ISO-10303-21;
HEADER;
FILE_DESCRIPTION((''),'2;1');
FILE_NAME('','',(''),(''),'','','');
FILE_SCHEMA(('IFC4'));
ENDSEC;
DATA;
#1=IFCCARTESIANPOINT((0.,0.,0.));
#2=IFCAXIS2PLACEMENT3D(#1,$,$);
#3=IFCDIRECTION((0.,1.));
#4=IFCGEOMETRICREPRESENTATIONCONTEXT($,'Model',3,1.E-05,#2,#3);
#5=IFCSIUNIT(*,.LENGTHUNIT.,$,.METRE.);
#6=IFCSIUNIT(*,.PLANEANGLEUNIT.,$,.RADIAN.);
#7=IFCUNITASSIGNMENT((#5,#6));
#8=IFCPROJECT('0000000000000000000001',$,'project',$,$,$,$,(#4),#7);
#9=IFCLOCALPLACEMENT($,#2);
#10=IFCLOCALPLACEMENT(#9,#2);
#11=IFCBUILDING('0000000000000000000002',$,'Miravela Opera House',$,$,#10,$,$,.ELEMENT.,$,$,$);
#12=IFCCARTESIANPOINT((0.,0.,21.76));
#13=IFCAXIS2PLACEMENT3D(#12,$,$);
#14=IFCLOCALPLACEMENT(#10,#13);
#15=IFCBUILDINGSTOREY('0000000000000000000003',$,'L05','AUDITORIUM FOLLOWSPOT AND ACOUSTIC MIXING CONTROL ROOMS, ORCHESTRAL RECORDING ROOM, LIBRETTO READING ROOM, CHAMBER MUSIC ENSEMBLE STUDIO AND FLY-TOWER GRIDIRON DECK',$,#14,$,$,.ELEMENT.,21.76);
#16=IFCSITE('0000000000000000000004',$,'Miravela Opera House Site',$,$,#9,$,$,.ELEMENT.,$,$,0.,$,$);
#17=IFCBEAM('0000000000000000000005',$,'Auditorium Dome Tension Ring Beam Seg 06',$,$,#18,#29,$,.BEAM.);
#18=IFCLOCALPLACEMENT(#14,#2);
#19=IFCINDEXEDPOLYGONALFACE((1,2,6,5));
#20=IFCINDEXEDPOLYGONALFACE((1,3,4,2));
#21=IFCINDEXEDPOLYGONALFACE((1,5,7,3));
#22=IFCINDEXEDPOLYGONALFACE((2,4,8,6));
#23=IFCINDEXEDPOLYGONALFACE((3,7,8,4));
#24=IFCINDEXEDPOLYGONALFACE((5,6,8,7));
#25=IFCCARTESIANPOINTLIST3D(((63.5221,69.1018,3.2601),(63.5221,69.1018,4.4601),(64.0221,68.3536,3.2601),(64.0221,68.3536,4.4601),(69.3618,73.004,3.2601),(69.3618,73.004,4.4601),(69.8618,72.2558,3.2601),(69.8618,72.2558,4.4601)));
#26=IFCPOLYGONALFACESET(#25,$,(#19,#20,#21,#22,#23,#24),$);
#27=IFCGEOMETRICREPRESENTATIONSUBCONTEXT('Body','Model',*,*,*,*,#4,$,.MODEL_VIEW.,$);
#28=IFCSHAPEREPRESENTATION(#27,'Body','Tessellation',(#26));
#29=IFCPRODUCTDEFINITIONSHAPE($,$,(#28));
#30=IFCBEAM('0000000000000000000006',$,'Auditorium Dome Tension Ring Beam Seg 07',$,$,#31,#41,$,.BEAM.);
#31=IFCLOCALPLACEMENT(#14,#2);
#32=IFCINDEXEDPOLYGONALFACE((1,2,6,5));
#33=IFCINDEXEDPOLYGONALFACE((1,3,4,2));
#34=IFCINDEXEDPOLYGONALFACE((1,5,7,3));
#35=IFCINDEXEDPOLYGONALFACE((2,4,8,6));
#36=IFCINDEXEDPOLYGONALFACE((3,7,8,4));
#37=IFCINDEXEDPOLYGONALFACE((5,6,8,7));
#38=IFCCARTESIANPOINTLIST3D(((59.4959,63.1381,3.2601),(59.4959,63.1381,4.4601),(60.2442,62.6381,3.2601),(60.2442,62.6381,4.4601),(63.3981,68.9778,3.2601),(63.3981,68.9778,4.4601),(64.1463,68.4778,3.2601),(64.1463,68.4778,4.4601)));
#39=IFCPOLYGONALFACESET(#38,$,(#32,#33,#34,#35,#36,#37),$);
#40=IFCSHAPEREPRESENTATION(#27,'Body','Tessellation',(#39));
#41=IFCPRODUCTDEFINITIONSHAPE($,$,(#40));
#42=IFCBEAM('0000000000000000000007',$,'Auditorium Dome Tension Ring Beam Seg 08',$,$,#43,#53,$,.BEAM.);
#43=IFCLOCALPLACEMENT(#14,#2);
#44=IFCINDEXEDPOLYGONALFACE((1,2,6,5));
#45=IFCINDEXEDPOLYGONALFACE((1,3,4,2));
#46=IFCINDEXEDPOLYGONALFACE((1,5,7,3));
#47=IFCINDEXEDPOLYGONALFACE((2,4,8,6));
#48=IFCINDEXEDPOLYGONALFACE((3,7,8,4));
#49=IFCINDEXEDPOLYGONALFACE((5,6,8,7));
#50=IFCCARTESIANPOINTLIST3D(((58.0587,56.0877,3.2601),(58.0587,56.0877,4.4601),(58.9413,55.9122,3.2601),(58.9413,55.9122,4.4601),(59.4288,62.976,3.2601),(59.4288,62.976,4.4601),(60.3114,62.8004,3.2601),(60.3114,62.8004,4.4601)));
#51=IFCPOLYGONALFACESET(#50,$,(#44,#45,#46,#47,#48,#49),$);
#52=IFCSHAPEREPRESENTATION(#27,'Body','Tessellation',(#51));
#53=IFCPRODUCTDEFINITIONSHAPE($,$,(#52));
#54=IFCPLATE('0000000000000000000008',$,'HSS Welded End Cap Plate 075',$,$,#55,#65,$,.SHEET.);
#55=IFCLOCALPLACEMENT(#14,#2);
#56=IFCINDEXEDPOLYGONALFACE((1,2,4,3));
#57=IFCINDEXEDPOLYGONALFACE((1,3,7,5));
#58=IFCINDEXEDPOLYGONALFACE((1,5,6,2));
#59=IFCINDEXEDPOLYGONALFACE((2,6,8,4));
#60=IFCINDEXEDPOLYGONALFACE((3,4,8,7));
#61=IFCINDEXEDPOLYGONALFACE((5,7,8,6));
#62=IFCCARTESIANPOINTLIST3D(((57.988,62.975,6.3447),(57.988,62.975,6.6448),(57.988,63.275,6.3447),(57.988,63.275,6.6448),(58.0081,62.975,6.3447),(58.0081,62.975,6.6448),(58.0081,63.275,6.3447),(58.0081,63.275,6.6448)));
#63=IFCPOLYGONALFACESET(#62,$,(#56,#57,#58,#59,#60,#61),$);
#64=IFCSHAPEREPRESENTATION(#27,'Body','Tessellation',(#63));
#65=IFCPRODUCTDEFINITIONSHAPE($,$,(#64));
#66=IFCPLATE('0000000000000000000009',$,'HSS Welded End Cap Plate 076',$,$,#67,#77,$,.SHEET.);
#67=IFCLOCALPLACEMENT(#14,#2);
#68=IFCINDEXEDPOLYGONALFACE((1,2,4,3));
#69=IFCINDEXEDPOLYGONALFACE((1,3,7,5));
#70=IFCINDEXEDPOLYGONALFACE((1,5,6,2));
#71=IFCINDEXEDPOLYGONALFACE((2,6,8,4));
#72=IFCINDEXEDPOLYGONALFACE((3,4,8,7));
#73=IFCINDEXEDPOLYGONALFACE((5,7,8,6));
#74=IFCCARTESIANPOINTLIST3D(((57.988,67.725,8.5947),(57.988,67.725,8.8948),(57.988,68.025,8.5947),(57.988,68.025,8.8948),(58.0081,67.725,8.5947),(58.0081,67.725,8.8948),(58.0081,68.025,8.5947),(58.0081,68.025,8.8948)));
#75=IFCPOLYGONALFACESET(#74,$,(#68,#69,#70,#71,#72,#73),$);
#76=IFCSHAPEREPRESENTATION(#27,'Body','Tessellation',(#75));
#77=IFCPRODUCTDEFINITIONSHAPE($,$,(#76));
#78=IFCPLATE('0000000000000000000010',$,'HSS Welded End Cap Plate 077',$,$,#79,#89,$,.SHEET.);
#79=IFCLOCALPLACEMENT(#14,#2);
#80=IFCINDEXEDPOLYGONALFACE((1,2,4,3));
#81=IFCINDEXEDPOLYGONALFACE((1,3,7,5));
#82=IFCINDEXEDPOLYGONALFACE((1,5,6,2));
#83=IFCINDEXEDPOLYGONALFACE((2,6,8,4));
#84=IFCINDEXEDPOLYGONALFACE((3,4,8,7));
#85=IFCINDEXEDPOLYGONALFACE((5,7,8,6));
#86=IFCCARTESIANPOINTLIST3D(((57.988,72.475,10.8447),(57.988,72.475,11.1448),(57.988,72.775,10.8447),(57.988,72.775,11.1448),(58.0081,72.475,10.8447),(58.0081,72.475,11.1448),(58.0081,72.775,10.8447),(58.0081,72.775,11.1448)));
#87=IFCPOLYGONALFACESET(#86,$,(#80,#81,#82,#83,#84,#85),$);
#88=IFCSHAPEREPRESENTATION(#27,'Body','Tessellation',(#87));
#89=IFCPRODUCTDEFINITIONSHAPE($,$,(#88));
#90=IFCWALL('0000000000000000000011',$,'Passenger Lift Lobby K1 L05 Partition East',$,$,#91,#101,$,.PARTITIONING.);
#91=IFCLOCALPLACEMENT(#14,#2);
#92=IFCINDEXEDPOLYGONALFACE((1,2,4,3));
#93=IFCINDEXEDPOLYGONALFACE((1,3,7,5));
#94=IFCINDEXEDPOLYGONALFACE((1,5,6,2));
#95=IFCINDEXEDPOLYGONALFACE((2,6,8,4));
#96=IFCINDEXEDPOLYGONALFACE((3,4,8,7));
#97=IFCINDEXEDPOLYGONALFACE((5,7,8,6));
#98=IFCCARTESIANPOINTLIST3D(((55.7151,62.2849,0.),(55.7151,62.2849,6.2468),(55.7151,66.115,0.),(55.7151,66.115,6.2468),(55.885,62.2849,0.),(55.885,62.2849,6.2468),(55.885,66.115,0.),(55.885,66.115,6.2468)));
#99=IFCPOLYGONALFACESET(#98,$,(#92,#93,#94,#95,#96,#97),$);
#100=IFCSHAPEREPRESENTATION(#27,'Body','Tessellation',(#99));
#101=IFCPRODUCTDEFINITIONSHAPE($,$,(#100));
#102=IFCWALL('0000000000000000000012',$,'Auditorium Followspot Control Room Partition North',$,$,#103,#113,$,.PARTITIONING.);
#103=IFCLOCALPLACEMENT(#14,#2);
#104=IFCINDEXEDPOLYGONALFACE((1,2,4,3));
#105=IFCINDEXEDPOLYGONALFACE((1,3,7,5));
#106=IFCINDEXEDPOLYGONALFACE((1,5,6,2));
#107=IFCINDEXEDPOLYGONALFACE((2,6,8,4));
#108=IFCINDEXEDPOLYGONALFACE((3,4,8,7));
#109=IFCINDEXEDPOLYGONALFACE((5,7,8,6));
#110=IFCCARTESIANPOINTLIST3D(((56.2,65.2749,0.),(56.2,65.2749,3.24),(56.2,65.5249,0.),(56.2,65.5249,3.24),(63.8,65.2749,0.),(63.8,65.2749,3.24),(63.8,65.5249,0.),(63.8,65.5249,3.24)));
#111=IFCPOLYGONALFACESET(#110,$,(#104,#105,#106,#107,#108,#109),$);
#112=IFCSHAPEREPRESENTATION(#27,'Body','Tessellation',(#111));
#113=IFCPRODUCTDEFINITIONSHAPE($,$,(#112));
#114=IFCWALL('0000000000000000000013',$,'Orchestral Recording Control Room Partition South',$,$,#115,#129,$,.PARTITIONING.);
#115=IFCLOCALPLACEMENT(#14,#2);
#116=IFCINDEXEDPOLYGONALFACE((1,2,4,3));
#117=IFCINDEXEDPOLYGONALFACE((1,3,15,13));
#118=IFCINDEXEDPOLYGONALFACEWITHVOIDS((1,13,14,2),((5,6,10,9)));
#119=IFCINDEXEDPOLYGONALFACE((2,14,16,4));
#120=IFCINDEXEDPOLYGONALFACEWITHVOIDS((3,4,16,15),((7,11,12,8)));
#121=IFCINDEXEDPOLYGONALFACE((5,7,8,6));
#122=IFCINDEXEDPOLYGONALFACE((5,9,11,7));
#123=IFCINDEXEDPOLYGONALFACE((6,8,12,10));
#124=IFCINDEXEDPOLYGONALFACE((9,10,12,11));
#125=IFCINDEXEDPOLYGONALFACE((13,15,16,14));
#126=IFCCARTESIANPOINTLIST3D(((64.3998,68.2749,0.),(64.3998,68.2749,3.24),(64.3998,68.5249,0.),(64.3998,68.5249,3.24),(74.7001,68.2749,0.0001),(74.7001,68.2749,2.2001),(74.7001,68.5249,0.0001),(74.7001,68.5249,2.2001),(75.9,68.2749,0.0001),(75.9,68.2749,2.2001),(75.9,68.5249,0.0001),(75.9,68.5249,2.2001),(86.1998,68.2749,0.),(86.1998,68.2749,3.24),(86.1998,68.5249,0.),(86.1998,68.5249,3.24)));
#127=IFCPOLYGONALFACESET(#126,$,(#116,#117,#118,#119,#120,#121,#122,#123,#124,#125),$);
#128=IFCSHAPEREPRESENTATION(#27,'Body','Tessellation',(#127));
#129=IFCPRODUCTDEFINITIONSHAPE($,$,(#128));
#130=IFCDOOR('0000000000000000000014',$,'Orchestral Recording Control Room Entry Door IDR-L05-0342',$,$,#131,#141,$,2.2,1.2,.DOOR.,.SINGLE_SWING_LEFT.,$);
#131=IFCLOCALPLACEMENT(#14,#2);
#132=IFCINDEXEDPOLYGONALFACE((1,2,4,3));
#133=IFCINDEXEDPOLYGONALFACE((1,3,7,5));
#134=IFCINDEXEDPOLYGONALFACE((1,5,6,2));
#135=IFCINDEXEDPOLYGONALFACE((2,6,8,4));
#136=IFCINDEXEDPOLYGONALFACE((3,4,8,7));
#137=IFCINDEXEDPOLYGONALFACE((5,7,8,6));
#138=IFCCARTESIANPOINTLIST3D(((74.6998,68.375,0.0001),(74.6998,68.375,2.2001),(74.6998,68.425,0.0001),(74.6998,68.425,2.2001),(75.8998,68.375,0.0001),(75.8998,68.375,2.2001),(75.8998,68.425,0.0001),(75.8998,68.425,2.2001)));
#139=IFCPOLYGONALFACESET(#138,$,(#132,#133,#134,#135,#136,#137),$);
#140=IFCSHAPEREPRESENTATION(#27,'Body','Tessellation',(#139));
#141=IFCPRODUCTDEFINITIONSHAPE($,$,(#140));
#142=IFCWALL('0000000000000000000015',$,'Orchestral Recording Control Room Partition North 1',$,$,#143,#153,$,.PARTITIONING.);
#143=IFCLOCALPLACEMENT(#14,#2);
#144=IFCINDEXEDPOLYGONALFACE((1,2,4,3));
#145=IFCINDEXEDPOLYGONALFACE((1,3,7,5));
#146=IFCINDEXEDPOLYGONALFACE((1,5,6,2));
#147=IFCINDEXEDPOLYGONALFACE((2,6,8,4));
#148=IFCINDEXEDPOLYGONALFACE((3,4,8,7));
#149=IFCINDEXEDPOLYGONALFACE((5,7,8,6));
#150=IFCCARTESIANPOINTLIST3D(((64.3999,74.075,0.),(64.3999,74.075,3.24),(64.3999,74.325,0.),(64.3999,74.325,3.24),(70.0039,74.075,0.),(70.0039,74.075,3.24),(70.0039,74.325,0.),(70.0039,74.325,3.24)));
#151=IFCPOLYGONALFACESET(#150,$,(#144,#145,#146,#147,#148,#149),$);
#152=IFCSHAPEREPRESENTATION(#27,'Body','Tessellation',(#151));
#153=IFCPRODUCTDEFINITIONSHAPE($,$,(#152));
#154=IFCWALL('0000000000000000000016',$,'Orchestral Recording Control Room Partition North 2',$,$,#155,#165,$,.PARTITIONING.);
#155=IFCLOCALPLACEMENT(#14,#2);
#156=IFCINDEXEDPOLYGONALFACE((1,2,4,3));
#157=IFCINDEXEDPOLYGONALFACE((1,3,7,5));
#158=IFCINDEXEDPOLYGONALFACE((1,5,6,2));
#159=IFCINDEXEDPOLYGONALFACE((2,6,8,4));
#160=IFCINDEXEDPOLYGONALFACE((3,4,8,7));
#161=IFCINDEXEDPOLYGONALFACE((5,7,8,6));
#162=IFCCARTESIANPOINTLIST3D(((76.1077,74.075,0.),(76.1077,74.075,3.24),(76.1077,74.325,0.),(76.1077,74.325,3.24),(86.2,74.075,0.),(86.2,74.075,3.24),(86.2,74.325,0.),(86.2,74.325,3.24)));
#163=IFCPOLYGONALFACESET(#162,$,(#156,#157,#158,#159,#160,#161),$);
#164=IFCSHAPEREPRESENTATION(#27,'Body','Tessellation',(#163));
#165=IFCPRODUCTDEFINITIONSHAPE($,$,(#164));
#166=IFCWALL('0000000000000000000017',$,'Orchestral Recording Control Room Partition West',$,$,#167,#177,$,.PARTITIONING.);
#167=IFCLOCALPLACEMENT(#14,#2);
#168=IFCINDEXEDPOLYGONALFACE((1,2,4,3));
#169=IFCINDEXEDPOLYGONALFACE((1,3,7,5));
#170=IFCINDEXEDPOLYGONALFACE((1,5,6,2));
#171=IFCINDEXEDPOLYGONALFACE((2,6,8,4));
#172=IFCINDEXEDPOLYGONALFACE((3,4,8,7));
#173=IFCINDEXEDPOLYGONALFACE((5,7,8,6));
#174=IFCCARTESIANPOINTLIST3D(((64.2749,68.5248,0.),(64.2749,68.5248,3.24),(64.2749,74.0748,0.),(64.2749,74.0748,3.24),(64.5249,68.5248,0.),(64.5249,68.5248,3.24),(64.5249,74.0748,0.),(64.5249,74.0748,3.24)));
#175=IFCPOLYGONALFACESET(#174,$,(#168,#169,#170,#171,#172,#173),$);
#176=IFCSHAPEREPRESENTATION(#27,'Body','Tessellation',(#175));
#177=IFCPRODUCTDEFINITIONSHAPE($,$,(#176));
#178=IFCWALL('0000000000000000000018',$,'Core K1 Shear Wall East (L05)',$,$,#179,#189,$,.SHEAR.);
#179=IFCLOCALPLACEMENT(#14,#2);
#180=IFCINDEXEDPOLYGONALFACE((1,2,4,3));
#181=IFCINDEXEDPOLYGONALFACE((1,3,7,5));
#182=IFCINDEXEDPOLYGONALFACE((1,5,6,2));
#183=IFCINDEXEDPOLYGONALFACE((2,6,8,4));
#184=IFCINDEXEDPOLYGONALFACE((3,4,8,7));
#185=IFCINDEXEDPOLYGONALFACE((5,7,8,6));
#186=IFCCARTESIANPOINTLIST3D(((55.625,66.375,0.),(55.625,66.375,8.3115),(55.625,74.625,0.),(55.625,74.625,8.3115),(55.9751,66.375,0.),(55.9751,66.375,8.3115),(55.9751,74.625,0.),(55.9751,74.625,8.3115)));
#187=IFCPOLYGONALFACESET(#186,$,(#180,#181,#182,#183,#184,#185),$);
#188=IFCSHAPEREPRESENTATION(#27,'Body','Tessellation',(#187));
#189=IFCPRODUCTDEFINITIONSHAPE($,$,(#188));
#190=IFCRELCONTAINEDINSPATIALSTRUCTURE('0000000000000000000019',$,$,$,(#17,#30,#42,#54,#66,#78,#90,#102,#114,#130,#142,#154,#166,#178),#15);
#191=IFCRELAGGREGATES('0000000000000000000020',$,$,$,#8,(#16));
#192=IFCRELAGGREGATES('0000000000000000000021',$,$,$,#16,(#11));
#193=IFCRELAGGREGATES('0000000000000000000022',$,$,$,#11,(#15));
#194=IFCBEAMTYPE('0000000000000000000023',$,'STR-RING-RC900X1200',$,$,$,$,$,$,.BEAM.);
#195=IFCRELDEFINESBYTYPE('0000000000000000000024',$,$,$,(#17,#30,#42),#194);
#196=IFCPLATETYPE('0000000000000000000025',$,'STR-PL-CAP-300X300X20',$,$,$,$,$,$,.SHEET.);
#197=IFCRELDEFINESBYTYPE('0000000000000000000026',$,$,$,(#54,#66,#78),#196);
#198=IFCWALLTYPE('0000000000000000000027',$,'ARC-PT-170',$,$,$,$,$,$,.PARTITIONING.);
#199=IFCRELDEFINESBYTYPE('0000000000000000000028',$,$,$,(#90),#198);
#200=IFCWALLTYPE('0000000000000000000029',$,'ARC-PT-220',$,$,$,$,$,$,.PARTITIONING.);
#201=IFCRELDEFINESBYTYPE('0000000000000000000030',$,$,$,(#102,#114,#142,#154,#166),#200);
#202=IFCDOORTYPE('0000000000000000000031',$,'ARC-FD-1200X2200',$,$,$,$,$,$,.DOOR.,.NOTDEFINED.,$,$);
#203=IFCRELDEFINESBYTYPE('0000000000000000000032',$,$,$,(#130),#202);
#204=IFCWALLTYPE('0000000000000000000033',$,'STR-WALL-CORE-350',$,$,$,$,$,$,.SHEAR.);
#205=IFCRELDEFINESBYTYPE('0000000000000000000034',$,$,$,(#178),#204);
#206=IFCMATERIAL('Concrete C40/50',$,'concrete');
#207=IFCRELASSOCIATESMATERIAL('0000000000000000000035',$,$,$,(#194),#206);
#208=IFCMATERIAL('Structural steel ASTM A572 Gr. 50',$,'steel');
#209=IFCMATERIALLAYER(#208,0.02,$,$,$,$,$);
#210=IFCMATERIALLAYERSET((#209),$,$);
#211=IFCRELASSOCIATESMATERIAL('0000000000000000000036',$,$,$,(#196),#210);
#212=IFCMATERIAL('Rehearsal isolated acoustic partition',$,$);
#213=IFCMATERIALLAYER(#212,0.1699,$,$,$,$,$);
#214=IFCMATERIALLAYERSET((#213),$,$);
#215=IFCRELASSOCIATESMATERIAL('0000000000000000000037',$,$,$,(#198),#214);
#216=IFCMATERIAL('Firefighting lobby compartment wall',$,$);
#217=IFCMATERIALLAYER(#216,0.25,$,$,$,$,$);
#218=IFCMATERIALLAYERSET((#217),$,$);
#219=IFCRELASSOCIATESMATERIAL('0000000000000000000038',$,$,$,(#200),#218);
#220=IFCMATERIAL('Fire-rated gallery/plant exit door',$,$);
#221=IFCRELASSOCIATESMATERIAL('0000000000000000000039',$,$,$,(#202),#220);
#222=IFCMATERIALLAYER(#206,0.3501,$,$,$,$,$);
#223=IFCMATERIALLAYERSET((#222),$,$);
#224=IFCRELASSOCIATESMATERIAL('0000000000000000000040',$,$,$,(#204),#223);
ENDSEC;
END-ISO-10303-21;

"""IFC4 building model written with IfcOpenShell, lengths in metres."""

from ifc_helpers import new_model, si_unit, direction, frame, frame_2d, origin, origin_2d, place, context, subcontext, project, spatial, rectangle, extrude, material, layer, layer_set, material_profile, profile_set, type_object, element, fill, save


model = new_model("IFC4")

# Units and contexts
model_context = context("Model", 3, precision=1e-05, world=origin(), true_north=direction((0.0, 1.0)))
body_context = subcontext(model_context, "Body", "Model", "MODEL_VIEW")
ifc_project = project(units=[si_unit("LENGTHUNIT", "METRE"), si_unit("PLANEANGLEUNIT", "RADIAN")], contexts=[model_context])

# Site, building, storey
site_placement = place(None, origin())
site = spatial("IfcSite", under=ifc_project, at=site_placement, Name="Miravela Opera House Site", CompositionType="ELEMENT", RefElevation=0.0)
building_placement = place(site_placement, origin())
building = spatial("IfcBuilding", under=site, at=building_placement, Name="Miravela Opera House", CompositionType="ELEMENT")
storey_placement = place(building_placement, frame((0.0, 0.0, 21.76)))
storey = spatial("IfcBuildingStorey", under=building, at=storey_placement, Name="L05", Description="AUDITORIUM FOLLOWSPOT AND ACOUSTIC MIXING CONTROL ROOMS, ORCHESTRAL RECORDING ROOM, LIBRETTO READING ROOM, CHAMBER MUSIC ENSEMBLE STUDIO AND FLY-TOWER GRIDIRON DECK", CompositionType="ELEMENT", Elevation=21.76)

# Shared definitions
ifc_material_1 = material(Name="Concrete C40/50", Category="concrete")

# Beams
ifc_material_profile_1 = material_profile(ifc_material_1, rectangle(XDim=0.8999, YDim=1.2, at=origin_2d()), Name="RC-RING-900X1200")
ifc_profile_set_1 = profile_set([ifc_material_profile_1])
beam_type = type_object("IfcBeamType", Name="STR-RING-RC900X1200", PredefinedType="BEAM", material=ifc_profile_set_1)
for number, where, z_axis, x_axis, name in (
    (1, (69.6118, 72.6299, 3.8601), (-0.831456, -0.55559, 0.0), (0.55559, -0.831456, 0.0), "Auditorium Dome Tension Ring Beam Seg 06"),
    (2, (63.7722, 68.7278, 3.8601), (-0.55559, -0.831456, 0.0), (0.831456, -0.55559, 0.0), "Auditorium Dome Tension Ring Beam Seg 07"),
):
    element("IfcBeam", number, at=place(storey_placement, frame(where, z_axis=z_axis, x_axis=x_axis)), inside=storey, type_object=beam_type, Name=name, PredefinedType="BEAM", context=body_context, shape_type="SweptSolid", body=[
        extrude(rectangle(XDim=0.8999, YDim=1.2, at=origin_2d()), origin(), (0.0, 0.0, 1.0), 7.0234),
    ])
beam_placement = place(storey_placement, frame((59.8701, 62.8882, 3.8601), z_axis=(-0.195087, -0.980786, 0.0), x_axis=(0.980786, -0.195087, 0.0)))
element("IfcBeam", 3, at=beam_placement, inside=storey, type_object=beam_type, Name="Auditorium Dome Tension Ring Beam Seg 08", PredefinedType="BEAM", context=body_context, shape_type="SweptSolid", body=[
    extrude(rectangle(XDim=0.8999, YDim=1.2, at=origin_2d()), origin(), (0.0, 0.0, 1.0), 7.0232),
])

# Plates
ifc_material_2 = material(Name="Structural steel ASTM A572 Gr. 50", Category="steel")
ifc_layer_1 = layer(ifc_material_2, 0.02)
ifc_layer_set_1 = layer_set([ifc_layer_1])
plate_type = type_object("IfcPlateType", Name="STR-PL-CAP-300X300X20", PredefinedType="SHEET", material=ifc_layer_set_1)
for number, where, z_axis, x_axis, name in (
    (4, (57.998, 63.125, 6.3447), (0.0, 0.0, 1.0), (1.0, 0.0, 0.0), "HSS Welded End Cap Plate 075"),
    (5, (57.998, 67.875, 8.5947), (0.0, 0.0, 1.0), (1.0, 0.0, 0.0), "HSS Welded End Cap Plate 076"),
    (6, (57.998, 72.625, 10.8447), (0.0, 0.0, 1.0), (1.0, 0.0, 0.0), "HSS Welded End Cap Plate 077"),
):
    element("IfcPlate", number, at=place(storey_placement, frame(where, z_axis=z_axis, x_axis=x_axis)), inside=storey, type_object=plate_type, Name=name, PredefinedType="SHEET", context=body_context, shape_type="SweptSolid", body=[
        extrude(rectangle(XDim=0.02, YDim=0.3, at=origin_2d()), origin(), (0.0, 0.0, 1.0), 0.3),
    ])

# Walls
ifc_material_3 = material(Name="Rehearsal isolated acoustic partition")
ifc_layer_2 = layer(ifc_material_3, 0.1699)
ifc_layer_set_2 = layer_set([ifc_layer_2])
wall_type_1 = type_object("IfcWallType", Name="ARC-PT-170", PredefinedType="PARTITIONING", material=ifc_layer_set_2)
wall_1_placement = place(storey_placement, frame((55.8, 62.2849, 0.0), z_axis=(0.0, 0.0, 1.0), x_axis=(0.0, 1.0, 0.0)))
element("IfcWall", 7, at=wall_1_placement, inside=storey, type_object=wall_type_1, Name="Passenger Lift Lobby K1 L05 Partition East", PredefinedType="PARTITIONING", context=body_context, shape_type="SweptSolid", body=[
    extrude(rectangle(XDim=3.8301, YDim=0.1699, at=frame_2d((1.915, 0.0))), origin(), (0.0, 0.0, 1.0), 6.2468),
])
ifc_material_4 = material(Name="Firefighting lobby compartment wall")
ifc_layer_3 = layer(ifc_material_4, 0.25)
ifc_layer_set_3 = layer_set([ifc_layer_3])
wall_type_2 = type_object("IfcWallType", Name="ARC-PT-220", PredefinedType="PARTITIONING", material=ifc_layer_set_3)
wall_2_placement = place(storey_placement, frame((56.2, 65.3999, 0.0), z_axis=(0.0, 0.0, 1.0), x_axis=(1.0, 0.0, 0.0)))
element("IfcWall", 8, at=wall_2_placement, inside=storey, type_object=wall_type_2, Name="Auditorium Followspot Control Room Partition North", PredefinedType="PARTITIONING", context=body_context, shape_type="SweptSolid", body=[
    extrude(rectangle(XDim=7.6001, YDim=0.25, at=frame_2d((3.8, 0.0))), origin(), (0.0, 0.0, 1.0), 3.24),
])

# Wall, opening, door
wall_3_placement = place(storey_placement, frame((64.3999, 68.3999, 0.0), z_axis=(0.0, 0.0, 1.0), x_axis=(1.0, 0.0, 0.0)))
wall_3 = element("IfcWall", 9, at=wall_3_placement, inside=storey, type_object=wall_type_2, Name="Orchestral Recording Control Room Partition South", PredefinedType="PARTITIONING", context=body_context, shape_type="SweptSolid", body=[
    extrude(rectangle(XDim=21.8, YDim=0.25, at=frame_2d((10.8999, 0.0))), origin(), (0.0, 0.0, 1.0), 3.24),
])
opening_1_placement = place(wall_3_placement, frame((10.3, 0.0, 0.0)))
opening_1 = element("IfcOpeningElement", 10, at=opening_1_placement, cuts=wall_3, PredefinedType="OPENING", context=body_context, shape_type="SweptSolid", body=[
    extrude(rectangle(XDim=1.2, YDim=2.2, at=frame_2d((0.6001, 1.1001))), frame((0.0, 0.135, 0.0), z_axis=(0.0, -1.0, 0.0), x_axis=(1.0, 0.0, 0.0)), (0.0, 0.0, 1.0), 0.27),
])
ifc_material_5 = material(Name="Fire-rated gallery/plant exit door")
door_type_1 = type_object("IfcDoorType", Name="ARC-FD-1200X2200", OperationType="NOTDEFINED", PredefinedType="DOOR", material=ifc_material_5)
door_1_placement = place(opening_1_placement, frame((1.2, 0.0, 0.0), z_axis=(0.0, 0.0, 1.0), x_axis=(-1.0, 0.0, 0.0)))
door_1 = element("IfcDoor", 11, at=door_1_placement, inside=storey, type_object=door_type_1, Name="Orchestral Recording Control Room Entry Door IDR-L05-0342", OperationType="SINGLE_SWING_LEFT", OverallHeight=2.2, OverallWidth=1.2, PredefinedType="DOOR", context=body_context, shape_type="SweptSolid", body=[
    extrude(rectangle(XDim=1.2, YDim=2.2, at=frame_2d((0.6001, 1.1001))), frame((0.0, 0.0249, 0.0), z_axis=(0.0, -1.0, 0.0), x_axis=(1.0, 0.0, 0.0)), (0.0, 0.0, 1.0), 0.05),
])
fill(opening_1, door_1)

# Walls
wall_4_placement = place(storey_placement, frame((64.3999, 74.2, 0.0), z_axis=(0.0, 0.0, 1.0), x_axis=(1.0, 0.0, 0.0)))
element("IfcWall", 12, at=wall_4_placement, inside=storey, type_object=wall_type_2, Name="Orchestral Recording Control Room Partition North 1", PredefinedType="PARTITIONING", context=body_context, shape_type="SweptSolid", body=[
    extrude(rectangle(XDim=5.604, YDim=0.25, at=frame_2d((2.802, 0.0))), origin(), (0.0, 0.0, 1.0), 3.24),
])
wall_5_placement = place(storey_placement, frame((76.1077, 74.2, 0.0), z_axis=(0.0, 0.0, 1.0), x_axis=(1.0, 0.0, 0.0)))
element("IfcWall", 13, at=wall_5_placement, inside=storey, type_object=wall_type_2, Name="Orchestral Recording Control Room Partition North 2", PredefinedType="PARTITIONING", context=body_context, shape_type="SweptSolid", body=[
    extrude(rectangle(XDim=10.0923, YDim=0.25, at=frame_2d((5.0461, 0.0))), origin(), (0.0, 0.0, 1.0), 3.24),
])
wall_6_placement = place(storey_placement, frame((64.3999, 68.5249, 0.0), z_axis=(0.0, 0.0, 1.0), x_axis=(0.0, 1.0, 0.0)))
element("IfcWall", 14, at=wall_6_placement, inside=storey, type_object=wall_type_2, Name="Orchestral Recording Control Room Partition West", PredefinedType="PARTITIONING", context=body_context, shape_type="SweptSolid", body=[
    extrude(rectangle(XDim=5.55, YDim=0.25, at=frame_2d((2.7749, 0.0))), origin(), (0.0, 0.0, 1.0), 3.24),
])
ifc_layer_4 = layer(ifc_material_1, 0.3501)
ifc_layer_set_4 = layer_set([ifc_layer_4])
wall_type_3 = type_object("IfcWallType", Name="STR-WALL-CORE-350", PredefinedType="SHEAR", material=ifc_layer_set_4)
wall_7_placement = place(storey_placement, frame((55.8, 66.375, 0.0), z_axis=(0.0, 0.0, 1.0), x_axis=(0.0, 1.0, 0.0)))
element("IfcWall", 15, at=wall_7_placement, inside=storey, type_object=wall_type_3, Name="Core K1 Shear Wall East (L05)", PredefinedType="SHEAR", context=body_context, shape_type="SweptSolid", body=[
    extrude(rectangle(XDim=8.25, YDim=0.3501, at=frame_2d((4.125, 0.0))), origin(), (0.0, 0.0, 1.0), 8.3115),
])

save(model, "model.ifc")
